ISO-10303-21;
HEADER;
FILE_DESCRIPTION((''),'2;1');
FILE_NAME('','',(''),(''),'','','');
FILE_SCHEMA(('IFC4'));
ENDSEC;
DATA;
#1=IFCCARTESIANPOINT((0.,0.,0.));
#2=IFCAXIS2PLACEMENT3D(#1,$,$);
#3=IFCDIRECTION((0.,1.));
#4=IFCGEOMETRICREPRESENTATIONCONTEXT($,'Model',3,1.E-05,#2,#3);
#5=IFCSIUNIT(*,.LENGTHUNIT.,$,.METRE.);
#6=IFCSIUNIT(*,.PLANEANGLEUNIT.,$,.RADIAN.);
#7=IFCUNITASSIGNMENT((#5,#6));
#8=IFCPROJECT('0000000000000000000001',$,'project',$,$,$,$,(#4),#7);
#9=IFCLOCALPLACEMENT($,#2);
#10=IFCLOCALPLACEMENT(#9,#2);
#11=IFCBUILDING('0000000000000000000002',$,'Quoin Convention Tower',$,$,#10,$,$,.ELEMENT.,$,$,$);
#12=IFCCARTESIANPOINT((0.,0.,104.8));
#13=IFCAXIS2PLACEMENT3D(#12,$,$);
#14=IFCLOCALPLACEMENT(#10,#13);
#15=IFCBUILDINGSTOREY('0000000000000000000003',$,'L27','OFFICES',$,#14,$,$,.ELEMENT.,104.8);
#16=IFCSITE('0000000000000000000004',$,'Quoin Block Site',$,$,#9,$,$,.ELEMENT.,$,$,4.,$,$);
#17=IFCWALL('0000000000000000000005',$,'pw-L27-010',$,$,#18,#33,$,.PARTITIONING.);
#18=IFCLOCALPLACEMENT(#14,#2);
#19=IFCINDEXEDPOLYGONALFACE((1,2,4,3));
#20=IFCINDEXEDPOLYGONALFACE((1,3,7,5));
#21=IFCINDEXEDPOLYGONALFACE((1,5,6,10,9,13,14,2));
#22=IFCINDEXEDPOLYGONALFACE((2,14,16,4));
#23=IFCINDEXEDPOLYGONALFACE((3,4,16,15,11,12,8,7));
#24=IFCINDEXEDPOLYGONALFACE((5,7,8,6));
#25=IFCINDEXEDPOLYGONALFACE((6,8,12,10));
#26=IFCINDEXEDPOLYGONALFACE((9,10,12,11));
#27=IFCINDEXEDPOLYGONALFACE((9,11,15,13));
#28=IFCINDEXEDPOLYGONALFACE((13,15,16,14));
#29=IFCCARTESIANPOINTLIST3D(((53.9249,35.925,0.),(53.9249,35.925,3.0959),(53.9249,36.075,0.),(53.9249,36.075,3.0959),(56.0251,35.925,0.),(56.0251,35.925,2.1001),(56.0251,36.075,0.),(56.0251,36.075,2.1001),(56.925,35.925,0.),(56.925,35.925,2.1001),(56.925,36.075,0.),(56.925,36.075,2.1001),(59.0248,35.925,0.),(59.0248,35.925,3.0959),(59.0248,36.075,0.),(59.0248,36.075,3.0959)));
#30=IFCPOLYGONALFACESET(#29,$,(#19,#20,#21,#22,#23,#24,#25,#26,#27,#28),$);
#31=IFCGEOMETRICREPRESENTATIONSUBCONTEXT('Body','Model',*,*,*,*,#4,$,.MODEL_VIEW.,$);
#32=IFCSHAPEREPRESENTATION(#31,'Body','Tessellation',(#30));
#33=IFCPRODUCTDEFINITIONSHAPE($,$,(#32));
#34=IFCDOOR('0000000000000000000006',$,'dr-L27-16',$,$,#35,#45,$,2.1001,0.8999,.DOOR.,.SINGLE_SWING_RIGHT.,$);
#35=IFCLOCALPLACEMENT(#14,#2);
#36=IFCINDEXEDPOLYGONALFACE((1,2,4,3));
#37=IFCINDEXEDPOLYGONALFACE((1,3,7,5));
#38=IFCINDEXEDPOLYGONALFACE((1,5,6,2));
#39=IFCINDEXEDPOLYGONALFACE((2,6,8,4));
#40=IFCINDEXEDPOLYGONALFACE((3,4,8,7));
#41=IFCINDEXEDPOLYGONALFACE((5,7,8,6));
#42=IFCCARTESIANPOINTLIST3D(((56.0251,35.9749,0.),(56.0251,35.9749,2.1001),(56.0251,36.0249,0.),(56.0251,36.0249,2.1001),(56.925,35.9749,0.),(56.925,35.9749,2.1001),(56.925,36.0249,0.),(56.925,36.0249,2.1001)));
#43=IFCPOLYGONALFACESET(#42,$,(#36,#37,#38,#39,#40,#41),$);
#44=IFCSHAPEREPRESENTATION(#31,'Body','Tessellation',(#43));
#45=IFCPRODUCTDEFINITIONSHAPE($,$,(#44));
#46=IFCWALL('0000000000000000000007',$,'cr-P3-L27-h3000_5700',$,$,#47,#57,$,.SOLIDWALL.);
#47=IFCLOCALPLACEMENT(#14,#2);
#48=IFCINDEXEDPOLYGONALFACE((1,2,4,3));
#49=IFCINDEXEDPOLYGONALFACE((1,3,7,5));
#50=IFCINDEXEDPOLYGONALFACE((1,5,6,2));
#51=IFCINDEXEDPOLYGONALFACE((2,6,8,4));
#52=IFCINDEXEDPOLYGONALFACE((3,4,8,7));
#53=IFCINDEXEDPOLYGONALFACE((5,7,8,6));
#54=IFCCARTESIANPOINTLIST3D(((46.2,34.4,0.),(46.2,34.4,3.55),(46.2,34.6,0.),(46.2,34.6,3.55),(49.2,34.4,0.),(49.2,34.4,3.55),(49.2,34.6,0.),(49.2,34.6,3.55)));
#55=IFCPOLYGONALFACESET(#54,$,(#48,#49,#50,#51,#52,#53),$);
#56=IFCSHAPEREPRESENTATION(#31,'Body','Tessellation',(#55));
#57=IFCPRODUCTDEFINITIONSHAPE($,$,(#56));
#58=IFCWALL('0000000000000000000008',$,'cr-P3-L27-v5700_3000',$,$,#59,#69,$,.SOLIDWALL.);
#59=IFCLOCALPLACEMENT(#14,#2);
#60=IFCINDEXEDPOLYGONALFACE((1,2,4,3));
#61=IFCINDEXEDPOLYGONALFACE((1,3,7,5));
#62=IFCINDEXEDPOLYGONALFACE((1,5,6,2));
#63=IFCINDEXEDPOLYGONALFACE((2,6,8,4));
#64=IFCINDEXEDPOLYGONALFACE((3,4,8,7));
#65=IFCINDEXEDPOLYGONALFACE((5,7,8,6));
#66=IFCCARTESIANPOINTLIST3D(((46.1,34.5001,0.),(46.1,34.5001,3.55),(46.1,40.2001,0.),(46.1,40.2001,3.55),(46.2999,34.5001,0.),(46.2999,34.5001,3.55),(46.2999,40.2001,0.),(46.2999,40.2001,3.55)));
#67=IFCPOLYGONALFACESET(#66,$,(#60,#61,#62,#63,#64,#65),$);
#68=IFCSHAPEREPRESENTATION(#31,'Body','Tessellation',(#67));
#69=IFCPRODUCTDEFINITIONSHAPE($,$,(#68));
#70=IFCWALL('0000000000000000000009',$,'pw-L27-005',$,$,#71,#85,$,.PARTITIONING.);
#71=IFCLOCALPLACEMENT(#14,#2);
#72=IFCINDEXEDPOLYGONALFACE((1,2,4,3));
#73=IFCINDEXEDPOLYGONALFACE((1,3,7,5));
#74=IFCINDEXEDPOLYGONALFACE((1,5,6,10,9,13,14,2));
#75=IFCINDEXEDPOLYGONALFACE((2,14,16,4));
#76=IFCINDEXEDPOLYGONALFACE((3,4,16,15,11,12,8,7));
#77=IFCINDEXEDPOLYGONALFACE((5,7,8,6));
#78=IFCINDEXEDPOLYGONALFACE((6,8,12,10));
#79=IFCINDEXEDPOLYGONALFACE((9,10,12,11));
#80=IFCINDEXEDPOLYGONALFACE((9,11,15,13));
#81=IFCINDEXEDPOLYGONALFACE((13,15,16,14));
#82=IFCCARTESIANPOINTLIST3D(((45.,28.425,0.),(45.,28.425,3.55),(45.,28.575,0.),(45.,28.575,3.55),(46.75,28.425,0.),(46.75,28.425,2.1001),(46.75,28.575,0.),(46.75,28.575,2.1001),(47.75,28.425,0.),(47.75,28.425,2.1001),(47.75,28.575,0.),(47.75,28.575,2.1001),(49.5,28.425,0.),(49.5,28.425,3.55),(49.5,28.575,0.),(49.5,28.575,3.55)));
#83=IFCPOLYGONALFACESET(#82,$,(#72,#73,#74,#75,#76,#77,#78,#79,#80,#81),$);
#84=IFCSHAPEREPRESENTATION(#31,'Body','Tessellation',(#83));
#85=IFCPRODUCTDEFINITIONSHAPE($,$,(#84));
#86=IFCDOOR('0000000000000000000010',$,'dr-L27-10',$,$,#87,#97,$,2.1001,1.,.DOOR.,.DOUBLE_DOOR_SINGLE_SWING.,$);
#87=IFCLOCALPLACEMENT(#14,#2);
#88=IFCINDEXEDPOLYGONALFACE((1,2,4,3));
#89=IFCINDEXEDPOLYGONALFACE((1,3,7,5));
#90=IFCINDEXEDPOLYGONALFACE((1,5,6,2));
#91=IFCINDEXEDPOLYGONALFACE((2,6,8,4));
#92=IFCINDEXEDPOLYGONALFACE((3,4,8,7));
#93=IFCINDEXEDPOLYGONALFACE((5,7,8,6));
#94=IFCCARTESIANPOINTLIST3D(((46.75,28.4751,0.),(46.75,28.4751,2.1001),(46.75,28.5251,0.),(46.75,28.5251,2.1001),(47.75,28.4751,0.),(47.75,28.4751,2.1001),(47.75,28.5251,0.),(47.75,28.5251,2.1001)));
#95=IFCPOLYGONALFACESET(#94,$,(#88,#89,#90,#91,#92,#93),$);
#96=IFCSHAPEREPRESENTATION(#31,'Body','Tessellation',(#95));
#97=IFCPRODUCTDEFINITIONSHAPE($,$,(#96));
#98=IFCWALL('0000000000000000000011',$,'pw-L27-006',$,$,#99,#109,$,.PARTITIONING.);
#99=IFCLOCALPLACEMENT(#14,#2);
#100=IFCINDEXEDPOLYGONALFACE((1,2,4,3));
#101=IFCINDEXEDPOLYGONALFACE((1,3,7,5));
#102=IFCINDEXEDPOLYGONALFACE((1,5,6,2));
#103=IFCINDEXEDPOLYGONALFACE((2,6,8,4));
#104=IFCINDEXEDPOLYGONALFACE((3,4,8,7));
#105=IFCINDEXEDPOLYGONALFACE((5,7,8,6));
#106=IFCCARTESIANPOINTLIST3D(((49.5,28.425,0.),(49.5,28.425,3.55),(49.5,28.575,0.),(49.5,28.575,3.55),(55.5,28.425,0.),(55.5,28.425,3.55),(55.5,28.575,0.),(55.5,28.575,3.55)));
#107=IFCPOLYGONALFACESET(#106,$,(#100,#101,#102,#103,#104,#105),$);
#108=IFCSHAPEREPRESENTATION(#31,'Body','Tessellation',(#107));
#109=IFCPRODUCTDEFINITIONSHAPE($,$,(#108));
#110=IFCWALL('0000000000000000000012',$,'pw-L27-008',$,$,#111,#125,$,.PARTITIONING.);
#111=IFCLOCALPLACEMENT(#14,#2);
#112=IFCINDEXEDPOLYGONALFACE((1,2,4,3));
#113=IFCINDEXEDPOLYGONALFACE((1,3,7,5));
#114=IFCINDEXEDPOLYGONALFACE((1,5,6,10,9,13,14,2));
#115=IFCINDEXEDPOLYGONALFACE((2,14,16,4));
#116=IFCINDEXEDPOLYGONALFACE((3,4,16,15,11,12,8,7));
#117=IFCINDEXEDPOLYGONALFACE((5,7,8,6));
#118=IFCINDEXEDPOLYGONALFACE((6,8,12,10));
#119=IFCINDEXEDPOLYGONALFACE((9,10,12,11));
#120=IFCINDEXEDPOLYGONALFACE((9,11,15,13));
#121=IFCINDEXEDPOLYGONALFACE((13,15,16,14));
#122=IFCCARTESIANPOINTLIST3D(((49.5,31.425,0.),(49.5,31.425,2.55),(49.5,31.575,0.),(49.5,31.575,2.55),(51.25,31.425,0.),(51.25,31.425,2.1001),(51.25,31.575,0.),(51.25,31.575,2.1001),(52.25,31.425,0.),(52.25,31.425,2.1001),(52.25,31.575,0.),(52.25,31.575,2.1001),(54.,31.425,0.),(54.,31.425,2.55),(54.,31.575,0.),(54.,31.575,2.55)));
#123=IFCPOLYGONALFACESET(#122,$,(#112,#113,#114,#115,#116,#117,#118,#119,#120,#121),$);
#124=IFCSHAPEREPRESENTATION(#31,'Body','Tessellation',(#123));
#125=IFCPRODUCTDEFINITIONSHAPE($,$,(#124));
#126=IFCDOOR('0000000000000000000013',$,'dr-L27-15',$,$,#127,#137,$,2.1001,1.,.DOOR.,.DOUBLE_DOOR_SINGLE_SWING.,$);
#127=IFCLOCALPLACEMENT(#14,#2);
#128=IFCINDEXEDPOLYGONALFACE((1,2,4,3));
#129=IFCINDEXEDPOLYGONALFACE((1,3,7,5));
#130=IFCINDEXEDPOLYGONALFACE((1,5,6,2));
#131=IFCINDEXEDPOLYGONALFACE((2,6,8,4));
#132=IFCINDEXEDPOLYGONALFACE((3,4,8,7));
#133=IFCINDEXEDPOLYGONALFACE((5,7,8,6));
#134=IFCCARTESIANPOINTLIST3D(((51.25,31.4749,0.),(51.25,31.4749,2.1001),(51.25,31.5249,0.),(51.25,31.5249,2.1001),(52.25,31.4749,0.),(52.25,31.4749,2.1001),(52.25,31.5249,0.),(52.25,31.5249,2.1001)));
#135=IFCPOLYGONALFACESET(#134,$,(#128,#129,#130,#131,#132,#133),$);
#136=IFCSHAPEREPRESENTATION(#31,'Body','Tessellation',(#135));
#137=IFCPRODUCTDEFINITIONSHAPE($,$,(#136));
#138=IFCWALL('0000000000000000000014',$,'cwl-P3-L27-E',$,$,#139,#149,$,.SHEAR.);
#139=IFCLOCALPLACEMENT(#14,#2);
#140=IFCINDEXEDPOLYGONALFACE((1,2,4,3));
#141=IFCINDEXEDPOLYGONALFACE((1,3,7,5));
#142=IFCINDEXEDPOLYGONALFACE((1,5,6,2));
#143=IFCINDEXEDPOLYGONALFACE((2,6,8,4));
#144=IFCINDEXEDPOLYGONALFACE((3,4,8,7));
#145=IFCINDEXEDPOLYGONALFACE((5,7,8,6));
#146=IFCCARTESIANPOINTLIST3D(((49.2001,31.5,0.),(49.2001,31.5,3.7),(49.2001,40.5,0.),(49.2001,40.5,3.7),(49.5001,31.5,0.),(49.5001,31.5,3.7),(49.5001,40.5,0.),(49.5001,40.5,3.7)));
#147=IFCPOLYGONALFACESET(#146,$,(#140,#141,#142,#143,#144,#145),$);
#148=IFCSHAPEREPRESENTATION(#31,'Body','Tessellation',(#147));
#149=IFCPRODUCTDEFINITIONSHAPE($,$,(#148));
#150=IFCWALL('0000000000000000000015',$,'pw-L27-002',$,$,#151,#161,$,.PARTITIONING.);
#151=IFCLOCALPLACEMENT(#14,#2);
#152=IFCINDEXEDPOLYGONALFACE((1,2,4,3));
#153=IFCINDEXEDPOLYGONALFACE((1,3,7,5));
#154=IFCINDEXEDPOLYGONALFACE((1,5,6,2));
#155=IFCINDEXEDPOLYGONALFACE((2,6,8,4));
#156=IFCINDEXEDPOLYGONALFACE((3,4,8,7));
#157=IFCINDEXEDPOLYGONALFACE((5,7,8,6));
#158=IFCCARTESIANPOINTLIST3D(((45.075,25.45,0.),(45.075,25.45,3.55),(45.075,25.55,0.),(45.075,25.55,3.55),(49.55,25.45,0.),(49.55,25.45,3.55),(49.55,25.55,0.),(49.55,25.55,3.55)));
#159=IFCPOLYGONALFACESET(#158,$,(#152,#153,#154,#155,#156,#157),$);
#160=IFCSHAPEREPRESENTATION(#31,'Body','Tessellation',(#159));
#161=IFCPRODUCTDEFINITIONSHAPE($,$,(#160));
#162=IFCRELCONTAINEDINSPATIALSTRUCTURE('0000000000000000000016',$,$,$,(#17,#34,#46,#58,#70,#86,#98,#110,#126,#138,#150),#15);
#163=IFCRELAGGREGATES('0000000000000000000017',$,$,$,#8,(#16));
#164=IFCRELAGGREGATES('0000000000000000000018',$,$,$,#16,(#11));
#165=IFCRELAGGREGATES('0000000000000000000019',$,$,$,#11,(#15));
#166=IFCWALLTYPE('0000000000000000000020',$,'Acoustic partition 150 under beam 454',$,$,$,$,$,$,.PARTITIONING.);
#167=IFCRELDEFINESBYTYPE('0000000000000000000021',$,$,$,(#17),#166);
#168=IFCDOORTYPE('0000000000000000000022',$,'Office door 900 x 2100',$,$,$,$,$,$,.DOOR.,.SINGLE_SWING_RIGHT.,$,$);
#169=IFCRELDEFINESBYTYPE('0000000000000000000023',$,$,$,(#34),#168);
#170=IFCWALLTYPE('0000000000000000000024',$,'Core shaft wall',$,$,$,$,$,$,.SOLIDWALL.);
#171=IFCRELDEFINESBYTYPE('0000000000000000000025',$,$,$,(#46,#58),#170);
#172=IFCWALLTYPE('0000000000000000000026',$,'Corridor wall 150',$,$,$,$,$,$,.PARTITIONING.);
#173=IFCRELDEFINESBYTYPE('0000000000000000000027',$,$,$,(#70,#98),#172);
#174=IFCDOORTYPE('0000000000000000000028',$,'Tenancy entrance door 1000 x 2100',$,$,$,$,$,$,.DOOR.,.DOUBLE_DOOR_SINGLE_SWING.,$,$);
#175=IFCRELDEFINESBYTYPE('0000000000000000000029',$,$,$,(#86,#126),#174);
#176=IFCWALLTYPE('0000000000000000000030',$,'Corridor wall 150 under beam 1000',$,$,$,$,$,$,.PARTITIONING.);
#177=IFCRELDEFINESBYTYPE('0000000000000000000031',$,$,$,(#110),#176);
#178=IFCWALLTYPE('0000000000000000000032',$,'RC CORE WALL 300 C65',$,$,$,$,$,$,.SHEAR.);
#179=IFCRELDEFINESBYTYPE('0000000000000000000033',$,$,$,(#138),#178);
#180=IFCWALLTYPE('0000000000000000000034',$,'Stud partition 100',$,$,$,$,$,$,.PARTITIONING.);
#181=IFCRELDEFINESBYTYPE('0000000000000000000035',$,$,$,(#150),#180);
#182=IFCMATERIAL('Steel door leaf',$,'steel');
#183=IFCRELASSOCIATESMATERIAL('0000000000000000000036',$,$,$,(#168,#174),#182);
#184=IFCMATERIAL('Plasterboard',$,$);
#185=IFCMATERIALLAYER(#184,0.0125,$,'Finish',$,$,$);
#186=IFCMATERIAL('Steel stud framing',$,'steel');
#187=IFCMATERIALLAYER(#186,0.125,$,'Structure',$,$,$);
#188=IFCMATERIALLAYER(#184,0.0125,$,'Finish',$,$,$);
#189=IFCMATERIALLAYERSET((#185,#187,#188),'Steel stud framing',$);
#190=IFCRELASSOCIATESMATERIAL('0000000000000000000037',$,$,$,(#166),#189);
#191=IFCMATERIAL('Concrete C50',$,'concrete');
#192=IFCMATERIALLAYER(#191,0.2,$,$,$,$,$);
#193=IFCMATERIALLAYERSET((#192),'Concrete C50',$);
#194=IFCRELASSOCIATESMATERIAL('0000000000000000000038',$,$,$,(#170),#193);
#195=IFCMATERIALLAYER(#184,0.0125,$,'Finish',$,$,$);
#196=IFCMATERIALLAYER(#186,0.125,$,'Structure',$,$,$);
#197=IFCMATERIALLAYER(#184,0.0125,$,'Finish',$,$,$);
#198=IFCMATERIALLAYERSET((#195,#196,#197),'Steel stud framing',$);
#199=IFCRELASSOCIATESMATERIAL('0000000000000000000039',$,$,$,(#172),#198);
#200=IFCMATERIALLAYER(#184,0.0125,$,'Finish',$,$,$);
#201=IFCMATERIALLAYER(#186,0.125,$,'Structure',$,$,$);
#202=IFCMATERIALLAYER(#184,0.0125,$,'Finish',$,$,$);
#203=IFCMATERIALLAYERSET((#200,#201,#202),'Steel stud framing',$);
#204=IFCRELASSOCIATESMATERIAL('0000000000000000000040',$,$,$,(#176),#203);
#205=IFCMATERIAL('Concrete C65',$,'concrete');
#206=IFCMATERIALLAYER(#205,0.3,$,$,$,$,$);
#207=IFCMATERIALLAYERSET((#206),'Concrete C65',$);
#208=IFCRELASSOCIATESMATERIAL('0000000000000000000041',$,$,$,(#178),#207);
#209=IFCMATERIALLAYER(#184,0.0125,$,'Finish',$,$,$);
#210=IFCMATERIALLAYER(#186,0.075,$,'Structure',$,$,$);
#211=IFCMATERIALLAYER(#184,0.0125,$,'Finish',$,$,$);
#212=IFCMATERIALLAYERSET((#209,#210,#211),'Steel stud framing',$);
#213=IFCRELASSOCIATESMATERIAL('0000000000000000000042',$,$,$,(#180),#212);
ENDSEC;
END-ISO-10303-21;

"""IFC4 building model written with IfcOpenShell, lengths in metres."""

from ifc_helpers import new_model, si_unit, direction, frame, frame_2d, origin, place, context, subcontext, project, spatial, rectangle, extrude, material, layer, layer_set, type_object, element, fill, save


model = new_model("IFC4")

# Units and contexts
model_context = context("Model", 3, precision=1e-05, world=origin(), true_north=direction((0.0, 1.0)))
body_context = subcontext(model_context, "Body", "Model", "MODEL_VIEW")
ifc_project = project(units=[si_unit("LENGTHUNIT", "METRE"), si_unit("PLANEANGLEUNIT", "RADIAN")], contexts=[model_context])

# Site, building, storey
site_placement = place(None, origin())
site = spatial("IfcSite", under=ifc_project, at=site_placement, Name="Quoin Block Site", CompositionType="ELEMENT", RefElevation=4.0)
building_placement = place(site_placement, origin())
building = spatial("IfcBuilding", under=site, at=building_placement, Name="Quoin Convention Tower", CompositionType="ELEMENT")
storey_placement = place(building_placement, frame((0.0, 0.0, 104.8)))
storey = spatial("IfcBuildingStorey", under=building, at=storey_placement, Name="L27", Description="OFFICES", CompositionType="ELEMENT", Elevation=104.8)

# Shared definitions
ifc_material_1 = material(Name="Concrete C65", Category="concrete")

# Shared definitions
ifc_material_2 = material(Name="Plasterboard")
ifc_material_3 = material(Name="Steel stud framing", Category="steel")

# Wall, opening, door
ifc_material_4 = material(Name="Steel door leaf", Category="steel")
door_type_1 = type_object("IfcDoorType", Name="Office door 900 x 2100", OperationType="SINGLE_SWING_RIGHT", PredefinedType="DOOR", material=ifc_material_4)
ifc_layer_1 = layer(ifc_material_2, 0.0125, Name="Finish")
ifc_layer_2 = layer(ifc_material_3, 0.125, Name="Structure")
ifc_layer_3 = layer(ifc_material_2, 0.0125, Name="Finish")
ifc_layer_set_1 = layer_set([ifc_layer_1, ifc_layer_2, ifc_layer_3], Name="Steel stud framing")
wall_type_1 = type_object("IfcWallType", Name="Acoustic partition 150 under beam 454", PredefinedType="PARTITIONING", material=ifc_layer_set_1)
wall_1_placement = place(storey_placement, frame((53.925, 36.0, 0.0), z_axis=(0.0, 0.0, 1.0), x_axis=(1.0, 0.0, 0.0)))
wall_1 = element("IfcWall", 1, at=wall_1_placement, inside=storey, type_object=wall_type_1, Name="pw-L27-010", PredefinedType="PARTITIONING", context=body_context, shape_type="SweptSolid", body=[
    extrude(rectangle(XDim=5.0999, YDim=0.1499, at=frame_2d((2.5498, 0.0))), origin(), (0.0, 0.0, 1.0), 3.0959),
])
opening_1_placement = place(wall_1_placement, frame((2.1001, 0.0, 0.0)))
opening_1 = element("IfcOpeningElement", 2, at=opening_1_placement, cuts=wall_1, PredefinedType="OPENING", context=body_context, shape_type="SweptSolid", body=[
    extrude(rectangle(XDim=0.8999, YDim=2.1001, at=frame_2d((0.45, 1.05))), frame((0.0, 0.085, 0.0), z_axis=(0.0, -1.0, 0.0), x_axis=(1.0, 0.0, 0.0)), (0.0, 0.0, 1.0), 0.1699),
])
door_1_placement = place(opening_1_placement, origin())
door_1 = element("IfcDoor", 3, at=door_1_placement, inside=storey, type_object=door_type_1, Name="dr-L27-16", OperationType="SINGLE_SWING_RIGHT", OverallHeight=2.1001, OverallWidth=0.8999, PredefinedType="DOOR", context=body_context, shape_type="SweptSolid", body=[
    extrude(rectangle(XDim=0.8999, YDim=2.1001, at=frame_2d((0.45, 1.05))), frame((0.0, 0.0249, 0.0), z_axis=(0.0, -1.0, 0.0), x_axis=(1.0, 0.0, 0.0)), (0.0, 0.0, 1.0), 0.05),
])
fill(opening_1, door_1)

# Walls
ifc_material_5 = material(Name="Concrete C50", Category="concrete")
ifc_layer_4 = layer(ifc_material_5, 0.2)
ifc_layer_set_2 = layer_set([ifc_layer_4], Name="Concrete C50")
wall_type_2 = type_object("IfcWallType", Name="Core shaft wall", PredefinedType="SOLIDWALL", material=ifc_layer_set_2)
wall_2_placement = place(storey_placement, frame((46.2, 34.5, 0.0), z_axis=(0.0, 0.0, 1.0), x_axis=(1.0, 0.0, 0.0)))
element("IfcWall", 4, at=wall_2_placement, inside=storey, type_object=wall_type_2, Name="cr-P3-L27-h3000_5700", PredefinedType="SOLIDWALL", context=body_context, shape_type="SweptSolid", body=[
    extrude(rectangle(XDim=3.0, YDim=0.2, at=frame_2d((1.5, 0.0))), origin(), (0.0, 0.0, 1.0), 3.55),
])
wall_3_placement = place(storey_placement, frame((46.2, 34.5, 0.0), z_axis=(0.0, 0.0, 1.0), x_axis=(0.0, 1.0, 0.0)))
element("IfcWall", 5, at=wall_3_placement, inside=storey, type_object=wall_type_2, Name="cr-P3-L27-v5700_3000", PredefinedType="SOLIDWALL", context=body_context, shape_type="SweptSolid", body=[
    extrude(rectangle(XDim=5.7, YDim=0.2, at=frame_2d((2.8501, 0.0))), origin(), (0.0, 0.0, 1.0), 3.55),
])

# Wall, opening, door
ifc_layer_5 = layer(ifc_material_2, 0.0125, Name="Finish")
ifc_layer_6 = layer(ifc_material_3, 0.125, Name="Structure")
ifc_layer_7 = layer(ifc_material_2, 0.0125, Name="Finish")
ifc_layer_set_3 = layer_set([ifc_layer_5, ifc_layer_6, ifc_layer_7], Name="Steel stud framing")
wall_type_3 = type_object("IfcWallType", Name="Corridor wall 150", PredefinedType="PARTITIONING", material=ifc_layer_set_3)
wall_4_placement = place(storey_placement, frame((45.0, 28.5, 0.0), z_axis=(0.0, 0.0, 1.0), x_axis=(1.0, 0.0, 0.0)))
wall_4 = element("IfcWall", 6, at=wall_4_placement, inside=storey, type_object=wall_type_3, Name="pw-L27-005", PredefinedType="PARTITIONING", context=body_context, shape_type="SweptSolid", body=[
    extrude(rectangle(XDim=4.5, YDim=0.1499, at=frame_2d((2.25, 0.0))), origin(), (0.0, 0.0, 1.0), 3.55),
])
opening_2_placement = place(wall_4_placement, frame((1.75, 0.0, 0.0)))
opening_2 = element("IfcOpeningElement", 7, at=opening_2_placement, cuts=wall_4, PredefinedType="OPENING", context=body_context, shape_type="SweptSolid", body=[
    extrude(rectangle(XDim=1.0, YDim=2.1001, at=frame_2d((0.5, 1.05))), frame((0.0, 0.085, 0.0), z_axis=(0.0, -1.0, 0.0), x_axis=(1.0, 0.0, 0.0)), (0.0, 0.0, 1.0), 0.1699),
])
door_type_2 = type_object("IfcDoorType", Name="Tenancy entrance door 1000 x 2100", OperationType="DOUBLE_DOOR_SINGLE_SWING", PredefinedType="DOOR", material=ifc_material_4)
door_2_placement = place(opening_2_placement, frame((1.0, 0.0, 0.0), z_axis=(0.0, 0.0, 1.0), x_axis=(-1.0, 0.0, 0.0)))
door_2 = element("IfcDoor", 8, at=door_2_placement, inside=storey, type_object=door_type_2, Name="dr-L27-10", OperationType="DOUBLE_DOOR_SINGLE_SWING", OverallHeight=2.1001, OverallWidth=1.0, PredefinedType="DOOR", context=body_context, shape_type="SweptSolid", body=[
    extrude(rectangle(XDim=1.0, YDim=2.1001, at=frame_2d((0.5, 1.05))), frame((0.0, 0.0249, 0.0), z_axis=(0.0, -1.0, 0.0), x_axis=(1.0, 0.0, 0.0)), (0.0, 0.0, 1.0), 0.05),
])
fill(opening_2, door_2)

# Wall
wall_5_placement = place(storey_placement, frame((49.5, 28.5, 0.0), z_axis=(0.0, 0.0, 1.0), x_axis=(1.0, 0.0, 0.0)))
element("IfcWall", 9, at=wall_5_placement, inside=storey, type_object=wall_type_3, Name="pw-L27-006", PredefinedType="PARTITIONING", context=body_context, shape_type="SweptSolid", body=[
    extrude(rectangle(XDim=6.0, YDim=0.1499, at=frame_2d((3.0, 0.0))), origin(), (0.0, 0.0, 1.0), 3.55),
])

# Wall, opening, door
ifc_layer_8 = layer(ifc_material_2, 0.0125, Name="Finish")
ifc_layer_9 = layer(ifc_material_3, 0.125, Name="Structure")
ifc_layer_10 = layer(ifc_material_2, 0.0125, Name="Finish")
ifc_layer_set_4 = layer_set([ifc_layer_8, ifc_layer_9, ifc_layer_10], Name="Steel stud framing")
wall_type_4 = type_object("IfcWallType", Name="Corridor wall 150 under beam 1000", PredefinedType="PARTITIONING", material=ifc_layer_set_4)
wall_6_placement = place(storey_placement, frame((49.5, 31.5, 0.0), z_axis=(0.0, 0.0, 1.0), x_axis=(1.0, 0.0, 0.0)))
wall_6 = element("IfcWall", 10, at=wall_6_placement, inside=storey, type_object=wall_type_4, Name="pw-L27-008", PredefinedType="PARTITIONING", context=body_context, shape_type="SweptSolid", body=[
    extrude(rectangle(XDim=4.5, YDim=0.1499, at=frame_2d((2.25, 0.0))), origin(), (0.0, 0.0, 1.0), 2.55),
])
opening_3_placement = place(wall_6_placement, frame((1.75, 0.0, 0.0)))
opening_3 = element("IfcOpeningElement", 11, at=opening_3_placement, cuts=wall_6, PredefinedType="OPENING", context=body_context, shape_type="SweptSolid", body=[
    extrude(rectangle(XDim=1.0, YDim=2.1001, at=frame_2d((0.5, 1.05))), frame((0.0, 0.085, 0.0), z_axis=(0.0, -1.0, 0.0), x_axis=(1.0, 0.0, 0.0)), (0.0, 0.0, 1.0), 0.1699),
])
door_3_placement = place(opening_3_placement, origin())
door_3 = element("IfcDoor", 12, at=door_3_placement, inside=storey, type_object=door_type_2, Name="dr-L27-15", OperationType="DOUBLE_DOOR_SINGLE_SWING", OverallHeight=2.1001, OverallWidth=1.0, PredefinedType="DOOR", context=body_context, shape_type="SweptSolid", body=[
    extrude(rectangle(XDim=1.0, YDim=2.1001, at=frame_2d((0.5, 1.05))), frame((0.0, 0.0249, 0.0), z_axis=(0.0, -1.0, 0.0), x_axis=(1.0, 0.0, 0.0)), (0.0, 0.0, 1.0), 0.05),
])
fill(opening_3, door_3)

# Walls
ifc_layer_11 = layer(ifc_material_1, 0.3)
ifc_layer_set_5 = layer_set([ifc_layer_11], Name="Concrete C65")
wall_type_5 = type_object("IfcWallType", Name="RC CORE WALL 300 C65", PredefinedType="SHEAR", material=ifc_layer_set_5)
wall_7_placement = place(storey_placement, frame((49.3501, 31.5, 0.0), z_axis=(0.0, 0.0, 1.0), x_axis=(0.0, 1.0, 0.0)))
element("IfcWall", 13, at=wall_7_placement, inside=storey, type_object=wall_type_5, Name="cwl-P3-L27-E", PredefinedType="SHEAR", context=body_context, shape_type="SweptSolid", body=[
    extrude(rectangle(XDim=9.0, YDim=0.3, at=frame_2d((4.5, 0.0))), origin(), (0.0, 0.0, 1.0), 3.7),
])
ifc_layer_12 = layer(ifc_material_2, 0.0125, Name="Finish")
ifc_layer_13 = layer(ifc_material_3, 0.075, Name="Structure")
ifc_layer_14 = layer(ifc_material_2, 0.0125, Name="Finish")
ifc_layer_set_6 = layer_set([ifc_layer_12, ifc_layer_13, ifc_layer_14], Name="Steel stud framing")
wall_type_6 = type_object("IfcWallType", Name="Stud partition 100", PredefinedType="PARTITIONING", material=ifc_layer_set_6)
wall_8_placement = place(storey_placement, frame((45.075, 25.5, 0.0), z_axis=(0.0, 0.0, 1.0), x_axis=(1.0, 0.0, 0.0)))
element("IfcWall", 14, at=wall_8_placement, inside=storey, type_object=wall_type_6, Name="pw-L27-002", PredefinedType="PARTITIONING", context=body_context, shape_type="SweptSolid", body=[
    extrude(rectangle(XDim=4.4751, YDim=0.1001, at=frame_2d((2.2375, 0.0))), origin(), (0.0, 0.0, 1.0), 3.55),
])

save(model, "model.ifc")
